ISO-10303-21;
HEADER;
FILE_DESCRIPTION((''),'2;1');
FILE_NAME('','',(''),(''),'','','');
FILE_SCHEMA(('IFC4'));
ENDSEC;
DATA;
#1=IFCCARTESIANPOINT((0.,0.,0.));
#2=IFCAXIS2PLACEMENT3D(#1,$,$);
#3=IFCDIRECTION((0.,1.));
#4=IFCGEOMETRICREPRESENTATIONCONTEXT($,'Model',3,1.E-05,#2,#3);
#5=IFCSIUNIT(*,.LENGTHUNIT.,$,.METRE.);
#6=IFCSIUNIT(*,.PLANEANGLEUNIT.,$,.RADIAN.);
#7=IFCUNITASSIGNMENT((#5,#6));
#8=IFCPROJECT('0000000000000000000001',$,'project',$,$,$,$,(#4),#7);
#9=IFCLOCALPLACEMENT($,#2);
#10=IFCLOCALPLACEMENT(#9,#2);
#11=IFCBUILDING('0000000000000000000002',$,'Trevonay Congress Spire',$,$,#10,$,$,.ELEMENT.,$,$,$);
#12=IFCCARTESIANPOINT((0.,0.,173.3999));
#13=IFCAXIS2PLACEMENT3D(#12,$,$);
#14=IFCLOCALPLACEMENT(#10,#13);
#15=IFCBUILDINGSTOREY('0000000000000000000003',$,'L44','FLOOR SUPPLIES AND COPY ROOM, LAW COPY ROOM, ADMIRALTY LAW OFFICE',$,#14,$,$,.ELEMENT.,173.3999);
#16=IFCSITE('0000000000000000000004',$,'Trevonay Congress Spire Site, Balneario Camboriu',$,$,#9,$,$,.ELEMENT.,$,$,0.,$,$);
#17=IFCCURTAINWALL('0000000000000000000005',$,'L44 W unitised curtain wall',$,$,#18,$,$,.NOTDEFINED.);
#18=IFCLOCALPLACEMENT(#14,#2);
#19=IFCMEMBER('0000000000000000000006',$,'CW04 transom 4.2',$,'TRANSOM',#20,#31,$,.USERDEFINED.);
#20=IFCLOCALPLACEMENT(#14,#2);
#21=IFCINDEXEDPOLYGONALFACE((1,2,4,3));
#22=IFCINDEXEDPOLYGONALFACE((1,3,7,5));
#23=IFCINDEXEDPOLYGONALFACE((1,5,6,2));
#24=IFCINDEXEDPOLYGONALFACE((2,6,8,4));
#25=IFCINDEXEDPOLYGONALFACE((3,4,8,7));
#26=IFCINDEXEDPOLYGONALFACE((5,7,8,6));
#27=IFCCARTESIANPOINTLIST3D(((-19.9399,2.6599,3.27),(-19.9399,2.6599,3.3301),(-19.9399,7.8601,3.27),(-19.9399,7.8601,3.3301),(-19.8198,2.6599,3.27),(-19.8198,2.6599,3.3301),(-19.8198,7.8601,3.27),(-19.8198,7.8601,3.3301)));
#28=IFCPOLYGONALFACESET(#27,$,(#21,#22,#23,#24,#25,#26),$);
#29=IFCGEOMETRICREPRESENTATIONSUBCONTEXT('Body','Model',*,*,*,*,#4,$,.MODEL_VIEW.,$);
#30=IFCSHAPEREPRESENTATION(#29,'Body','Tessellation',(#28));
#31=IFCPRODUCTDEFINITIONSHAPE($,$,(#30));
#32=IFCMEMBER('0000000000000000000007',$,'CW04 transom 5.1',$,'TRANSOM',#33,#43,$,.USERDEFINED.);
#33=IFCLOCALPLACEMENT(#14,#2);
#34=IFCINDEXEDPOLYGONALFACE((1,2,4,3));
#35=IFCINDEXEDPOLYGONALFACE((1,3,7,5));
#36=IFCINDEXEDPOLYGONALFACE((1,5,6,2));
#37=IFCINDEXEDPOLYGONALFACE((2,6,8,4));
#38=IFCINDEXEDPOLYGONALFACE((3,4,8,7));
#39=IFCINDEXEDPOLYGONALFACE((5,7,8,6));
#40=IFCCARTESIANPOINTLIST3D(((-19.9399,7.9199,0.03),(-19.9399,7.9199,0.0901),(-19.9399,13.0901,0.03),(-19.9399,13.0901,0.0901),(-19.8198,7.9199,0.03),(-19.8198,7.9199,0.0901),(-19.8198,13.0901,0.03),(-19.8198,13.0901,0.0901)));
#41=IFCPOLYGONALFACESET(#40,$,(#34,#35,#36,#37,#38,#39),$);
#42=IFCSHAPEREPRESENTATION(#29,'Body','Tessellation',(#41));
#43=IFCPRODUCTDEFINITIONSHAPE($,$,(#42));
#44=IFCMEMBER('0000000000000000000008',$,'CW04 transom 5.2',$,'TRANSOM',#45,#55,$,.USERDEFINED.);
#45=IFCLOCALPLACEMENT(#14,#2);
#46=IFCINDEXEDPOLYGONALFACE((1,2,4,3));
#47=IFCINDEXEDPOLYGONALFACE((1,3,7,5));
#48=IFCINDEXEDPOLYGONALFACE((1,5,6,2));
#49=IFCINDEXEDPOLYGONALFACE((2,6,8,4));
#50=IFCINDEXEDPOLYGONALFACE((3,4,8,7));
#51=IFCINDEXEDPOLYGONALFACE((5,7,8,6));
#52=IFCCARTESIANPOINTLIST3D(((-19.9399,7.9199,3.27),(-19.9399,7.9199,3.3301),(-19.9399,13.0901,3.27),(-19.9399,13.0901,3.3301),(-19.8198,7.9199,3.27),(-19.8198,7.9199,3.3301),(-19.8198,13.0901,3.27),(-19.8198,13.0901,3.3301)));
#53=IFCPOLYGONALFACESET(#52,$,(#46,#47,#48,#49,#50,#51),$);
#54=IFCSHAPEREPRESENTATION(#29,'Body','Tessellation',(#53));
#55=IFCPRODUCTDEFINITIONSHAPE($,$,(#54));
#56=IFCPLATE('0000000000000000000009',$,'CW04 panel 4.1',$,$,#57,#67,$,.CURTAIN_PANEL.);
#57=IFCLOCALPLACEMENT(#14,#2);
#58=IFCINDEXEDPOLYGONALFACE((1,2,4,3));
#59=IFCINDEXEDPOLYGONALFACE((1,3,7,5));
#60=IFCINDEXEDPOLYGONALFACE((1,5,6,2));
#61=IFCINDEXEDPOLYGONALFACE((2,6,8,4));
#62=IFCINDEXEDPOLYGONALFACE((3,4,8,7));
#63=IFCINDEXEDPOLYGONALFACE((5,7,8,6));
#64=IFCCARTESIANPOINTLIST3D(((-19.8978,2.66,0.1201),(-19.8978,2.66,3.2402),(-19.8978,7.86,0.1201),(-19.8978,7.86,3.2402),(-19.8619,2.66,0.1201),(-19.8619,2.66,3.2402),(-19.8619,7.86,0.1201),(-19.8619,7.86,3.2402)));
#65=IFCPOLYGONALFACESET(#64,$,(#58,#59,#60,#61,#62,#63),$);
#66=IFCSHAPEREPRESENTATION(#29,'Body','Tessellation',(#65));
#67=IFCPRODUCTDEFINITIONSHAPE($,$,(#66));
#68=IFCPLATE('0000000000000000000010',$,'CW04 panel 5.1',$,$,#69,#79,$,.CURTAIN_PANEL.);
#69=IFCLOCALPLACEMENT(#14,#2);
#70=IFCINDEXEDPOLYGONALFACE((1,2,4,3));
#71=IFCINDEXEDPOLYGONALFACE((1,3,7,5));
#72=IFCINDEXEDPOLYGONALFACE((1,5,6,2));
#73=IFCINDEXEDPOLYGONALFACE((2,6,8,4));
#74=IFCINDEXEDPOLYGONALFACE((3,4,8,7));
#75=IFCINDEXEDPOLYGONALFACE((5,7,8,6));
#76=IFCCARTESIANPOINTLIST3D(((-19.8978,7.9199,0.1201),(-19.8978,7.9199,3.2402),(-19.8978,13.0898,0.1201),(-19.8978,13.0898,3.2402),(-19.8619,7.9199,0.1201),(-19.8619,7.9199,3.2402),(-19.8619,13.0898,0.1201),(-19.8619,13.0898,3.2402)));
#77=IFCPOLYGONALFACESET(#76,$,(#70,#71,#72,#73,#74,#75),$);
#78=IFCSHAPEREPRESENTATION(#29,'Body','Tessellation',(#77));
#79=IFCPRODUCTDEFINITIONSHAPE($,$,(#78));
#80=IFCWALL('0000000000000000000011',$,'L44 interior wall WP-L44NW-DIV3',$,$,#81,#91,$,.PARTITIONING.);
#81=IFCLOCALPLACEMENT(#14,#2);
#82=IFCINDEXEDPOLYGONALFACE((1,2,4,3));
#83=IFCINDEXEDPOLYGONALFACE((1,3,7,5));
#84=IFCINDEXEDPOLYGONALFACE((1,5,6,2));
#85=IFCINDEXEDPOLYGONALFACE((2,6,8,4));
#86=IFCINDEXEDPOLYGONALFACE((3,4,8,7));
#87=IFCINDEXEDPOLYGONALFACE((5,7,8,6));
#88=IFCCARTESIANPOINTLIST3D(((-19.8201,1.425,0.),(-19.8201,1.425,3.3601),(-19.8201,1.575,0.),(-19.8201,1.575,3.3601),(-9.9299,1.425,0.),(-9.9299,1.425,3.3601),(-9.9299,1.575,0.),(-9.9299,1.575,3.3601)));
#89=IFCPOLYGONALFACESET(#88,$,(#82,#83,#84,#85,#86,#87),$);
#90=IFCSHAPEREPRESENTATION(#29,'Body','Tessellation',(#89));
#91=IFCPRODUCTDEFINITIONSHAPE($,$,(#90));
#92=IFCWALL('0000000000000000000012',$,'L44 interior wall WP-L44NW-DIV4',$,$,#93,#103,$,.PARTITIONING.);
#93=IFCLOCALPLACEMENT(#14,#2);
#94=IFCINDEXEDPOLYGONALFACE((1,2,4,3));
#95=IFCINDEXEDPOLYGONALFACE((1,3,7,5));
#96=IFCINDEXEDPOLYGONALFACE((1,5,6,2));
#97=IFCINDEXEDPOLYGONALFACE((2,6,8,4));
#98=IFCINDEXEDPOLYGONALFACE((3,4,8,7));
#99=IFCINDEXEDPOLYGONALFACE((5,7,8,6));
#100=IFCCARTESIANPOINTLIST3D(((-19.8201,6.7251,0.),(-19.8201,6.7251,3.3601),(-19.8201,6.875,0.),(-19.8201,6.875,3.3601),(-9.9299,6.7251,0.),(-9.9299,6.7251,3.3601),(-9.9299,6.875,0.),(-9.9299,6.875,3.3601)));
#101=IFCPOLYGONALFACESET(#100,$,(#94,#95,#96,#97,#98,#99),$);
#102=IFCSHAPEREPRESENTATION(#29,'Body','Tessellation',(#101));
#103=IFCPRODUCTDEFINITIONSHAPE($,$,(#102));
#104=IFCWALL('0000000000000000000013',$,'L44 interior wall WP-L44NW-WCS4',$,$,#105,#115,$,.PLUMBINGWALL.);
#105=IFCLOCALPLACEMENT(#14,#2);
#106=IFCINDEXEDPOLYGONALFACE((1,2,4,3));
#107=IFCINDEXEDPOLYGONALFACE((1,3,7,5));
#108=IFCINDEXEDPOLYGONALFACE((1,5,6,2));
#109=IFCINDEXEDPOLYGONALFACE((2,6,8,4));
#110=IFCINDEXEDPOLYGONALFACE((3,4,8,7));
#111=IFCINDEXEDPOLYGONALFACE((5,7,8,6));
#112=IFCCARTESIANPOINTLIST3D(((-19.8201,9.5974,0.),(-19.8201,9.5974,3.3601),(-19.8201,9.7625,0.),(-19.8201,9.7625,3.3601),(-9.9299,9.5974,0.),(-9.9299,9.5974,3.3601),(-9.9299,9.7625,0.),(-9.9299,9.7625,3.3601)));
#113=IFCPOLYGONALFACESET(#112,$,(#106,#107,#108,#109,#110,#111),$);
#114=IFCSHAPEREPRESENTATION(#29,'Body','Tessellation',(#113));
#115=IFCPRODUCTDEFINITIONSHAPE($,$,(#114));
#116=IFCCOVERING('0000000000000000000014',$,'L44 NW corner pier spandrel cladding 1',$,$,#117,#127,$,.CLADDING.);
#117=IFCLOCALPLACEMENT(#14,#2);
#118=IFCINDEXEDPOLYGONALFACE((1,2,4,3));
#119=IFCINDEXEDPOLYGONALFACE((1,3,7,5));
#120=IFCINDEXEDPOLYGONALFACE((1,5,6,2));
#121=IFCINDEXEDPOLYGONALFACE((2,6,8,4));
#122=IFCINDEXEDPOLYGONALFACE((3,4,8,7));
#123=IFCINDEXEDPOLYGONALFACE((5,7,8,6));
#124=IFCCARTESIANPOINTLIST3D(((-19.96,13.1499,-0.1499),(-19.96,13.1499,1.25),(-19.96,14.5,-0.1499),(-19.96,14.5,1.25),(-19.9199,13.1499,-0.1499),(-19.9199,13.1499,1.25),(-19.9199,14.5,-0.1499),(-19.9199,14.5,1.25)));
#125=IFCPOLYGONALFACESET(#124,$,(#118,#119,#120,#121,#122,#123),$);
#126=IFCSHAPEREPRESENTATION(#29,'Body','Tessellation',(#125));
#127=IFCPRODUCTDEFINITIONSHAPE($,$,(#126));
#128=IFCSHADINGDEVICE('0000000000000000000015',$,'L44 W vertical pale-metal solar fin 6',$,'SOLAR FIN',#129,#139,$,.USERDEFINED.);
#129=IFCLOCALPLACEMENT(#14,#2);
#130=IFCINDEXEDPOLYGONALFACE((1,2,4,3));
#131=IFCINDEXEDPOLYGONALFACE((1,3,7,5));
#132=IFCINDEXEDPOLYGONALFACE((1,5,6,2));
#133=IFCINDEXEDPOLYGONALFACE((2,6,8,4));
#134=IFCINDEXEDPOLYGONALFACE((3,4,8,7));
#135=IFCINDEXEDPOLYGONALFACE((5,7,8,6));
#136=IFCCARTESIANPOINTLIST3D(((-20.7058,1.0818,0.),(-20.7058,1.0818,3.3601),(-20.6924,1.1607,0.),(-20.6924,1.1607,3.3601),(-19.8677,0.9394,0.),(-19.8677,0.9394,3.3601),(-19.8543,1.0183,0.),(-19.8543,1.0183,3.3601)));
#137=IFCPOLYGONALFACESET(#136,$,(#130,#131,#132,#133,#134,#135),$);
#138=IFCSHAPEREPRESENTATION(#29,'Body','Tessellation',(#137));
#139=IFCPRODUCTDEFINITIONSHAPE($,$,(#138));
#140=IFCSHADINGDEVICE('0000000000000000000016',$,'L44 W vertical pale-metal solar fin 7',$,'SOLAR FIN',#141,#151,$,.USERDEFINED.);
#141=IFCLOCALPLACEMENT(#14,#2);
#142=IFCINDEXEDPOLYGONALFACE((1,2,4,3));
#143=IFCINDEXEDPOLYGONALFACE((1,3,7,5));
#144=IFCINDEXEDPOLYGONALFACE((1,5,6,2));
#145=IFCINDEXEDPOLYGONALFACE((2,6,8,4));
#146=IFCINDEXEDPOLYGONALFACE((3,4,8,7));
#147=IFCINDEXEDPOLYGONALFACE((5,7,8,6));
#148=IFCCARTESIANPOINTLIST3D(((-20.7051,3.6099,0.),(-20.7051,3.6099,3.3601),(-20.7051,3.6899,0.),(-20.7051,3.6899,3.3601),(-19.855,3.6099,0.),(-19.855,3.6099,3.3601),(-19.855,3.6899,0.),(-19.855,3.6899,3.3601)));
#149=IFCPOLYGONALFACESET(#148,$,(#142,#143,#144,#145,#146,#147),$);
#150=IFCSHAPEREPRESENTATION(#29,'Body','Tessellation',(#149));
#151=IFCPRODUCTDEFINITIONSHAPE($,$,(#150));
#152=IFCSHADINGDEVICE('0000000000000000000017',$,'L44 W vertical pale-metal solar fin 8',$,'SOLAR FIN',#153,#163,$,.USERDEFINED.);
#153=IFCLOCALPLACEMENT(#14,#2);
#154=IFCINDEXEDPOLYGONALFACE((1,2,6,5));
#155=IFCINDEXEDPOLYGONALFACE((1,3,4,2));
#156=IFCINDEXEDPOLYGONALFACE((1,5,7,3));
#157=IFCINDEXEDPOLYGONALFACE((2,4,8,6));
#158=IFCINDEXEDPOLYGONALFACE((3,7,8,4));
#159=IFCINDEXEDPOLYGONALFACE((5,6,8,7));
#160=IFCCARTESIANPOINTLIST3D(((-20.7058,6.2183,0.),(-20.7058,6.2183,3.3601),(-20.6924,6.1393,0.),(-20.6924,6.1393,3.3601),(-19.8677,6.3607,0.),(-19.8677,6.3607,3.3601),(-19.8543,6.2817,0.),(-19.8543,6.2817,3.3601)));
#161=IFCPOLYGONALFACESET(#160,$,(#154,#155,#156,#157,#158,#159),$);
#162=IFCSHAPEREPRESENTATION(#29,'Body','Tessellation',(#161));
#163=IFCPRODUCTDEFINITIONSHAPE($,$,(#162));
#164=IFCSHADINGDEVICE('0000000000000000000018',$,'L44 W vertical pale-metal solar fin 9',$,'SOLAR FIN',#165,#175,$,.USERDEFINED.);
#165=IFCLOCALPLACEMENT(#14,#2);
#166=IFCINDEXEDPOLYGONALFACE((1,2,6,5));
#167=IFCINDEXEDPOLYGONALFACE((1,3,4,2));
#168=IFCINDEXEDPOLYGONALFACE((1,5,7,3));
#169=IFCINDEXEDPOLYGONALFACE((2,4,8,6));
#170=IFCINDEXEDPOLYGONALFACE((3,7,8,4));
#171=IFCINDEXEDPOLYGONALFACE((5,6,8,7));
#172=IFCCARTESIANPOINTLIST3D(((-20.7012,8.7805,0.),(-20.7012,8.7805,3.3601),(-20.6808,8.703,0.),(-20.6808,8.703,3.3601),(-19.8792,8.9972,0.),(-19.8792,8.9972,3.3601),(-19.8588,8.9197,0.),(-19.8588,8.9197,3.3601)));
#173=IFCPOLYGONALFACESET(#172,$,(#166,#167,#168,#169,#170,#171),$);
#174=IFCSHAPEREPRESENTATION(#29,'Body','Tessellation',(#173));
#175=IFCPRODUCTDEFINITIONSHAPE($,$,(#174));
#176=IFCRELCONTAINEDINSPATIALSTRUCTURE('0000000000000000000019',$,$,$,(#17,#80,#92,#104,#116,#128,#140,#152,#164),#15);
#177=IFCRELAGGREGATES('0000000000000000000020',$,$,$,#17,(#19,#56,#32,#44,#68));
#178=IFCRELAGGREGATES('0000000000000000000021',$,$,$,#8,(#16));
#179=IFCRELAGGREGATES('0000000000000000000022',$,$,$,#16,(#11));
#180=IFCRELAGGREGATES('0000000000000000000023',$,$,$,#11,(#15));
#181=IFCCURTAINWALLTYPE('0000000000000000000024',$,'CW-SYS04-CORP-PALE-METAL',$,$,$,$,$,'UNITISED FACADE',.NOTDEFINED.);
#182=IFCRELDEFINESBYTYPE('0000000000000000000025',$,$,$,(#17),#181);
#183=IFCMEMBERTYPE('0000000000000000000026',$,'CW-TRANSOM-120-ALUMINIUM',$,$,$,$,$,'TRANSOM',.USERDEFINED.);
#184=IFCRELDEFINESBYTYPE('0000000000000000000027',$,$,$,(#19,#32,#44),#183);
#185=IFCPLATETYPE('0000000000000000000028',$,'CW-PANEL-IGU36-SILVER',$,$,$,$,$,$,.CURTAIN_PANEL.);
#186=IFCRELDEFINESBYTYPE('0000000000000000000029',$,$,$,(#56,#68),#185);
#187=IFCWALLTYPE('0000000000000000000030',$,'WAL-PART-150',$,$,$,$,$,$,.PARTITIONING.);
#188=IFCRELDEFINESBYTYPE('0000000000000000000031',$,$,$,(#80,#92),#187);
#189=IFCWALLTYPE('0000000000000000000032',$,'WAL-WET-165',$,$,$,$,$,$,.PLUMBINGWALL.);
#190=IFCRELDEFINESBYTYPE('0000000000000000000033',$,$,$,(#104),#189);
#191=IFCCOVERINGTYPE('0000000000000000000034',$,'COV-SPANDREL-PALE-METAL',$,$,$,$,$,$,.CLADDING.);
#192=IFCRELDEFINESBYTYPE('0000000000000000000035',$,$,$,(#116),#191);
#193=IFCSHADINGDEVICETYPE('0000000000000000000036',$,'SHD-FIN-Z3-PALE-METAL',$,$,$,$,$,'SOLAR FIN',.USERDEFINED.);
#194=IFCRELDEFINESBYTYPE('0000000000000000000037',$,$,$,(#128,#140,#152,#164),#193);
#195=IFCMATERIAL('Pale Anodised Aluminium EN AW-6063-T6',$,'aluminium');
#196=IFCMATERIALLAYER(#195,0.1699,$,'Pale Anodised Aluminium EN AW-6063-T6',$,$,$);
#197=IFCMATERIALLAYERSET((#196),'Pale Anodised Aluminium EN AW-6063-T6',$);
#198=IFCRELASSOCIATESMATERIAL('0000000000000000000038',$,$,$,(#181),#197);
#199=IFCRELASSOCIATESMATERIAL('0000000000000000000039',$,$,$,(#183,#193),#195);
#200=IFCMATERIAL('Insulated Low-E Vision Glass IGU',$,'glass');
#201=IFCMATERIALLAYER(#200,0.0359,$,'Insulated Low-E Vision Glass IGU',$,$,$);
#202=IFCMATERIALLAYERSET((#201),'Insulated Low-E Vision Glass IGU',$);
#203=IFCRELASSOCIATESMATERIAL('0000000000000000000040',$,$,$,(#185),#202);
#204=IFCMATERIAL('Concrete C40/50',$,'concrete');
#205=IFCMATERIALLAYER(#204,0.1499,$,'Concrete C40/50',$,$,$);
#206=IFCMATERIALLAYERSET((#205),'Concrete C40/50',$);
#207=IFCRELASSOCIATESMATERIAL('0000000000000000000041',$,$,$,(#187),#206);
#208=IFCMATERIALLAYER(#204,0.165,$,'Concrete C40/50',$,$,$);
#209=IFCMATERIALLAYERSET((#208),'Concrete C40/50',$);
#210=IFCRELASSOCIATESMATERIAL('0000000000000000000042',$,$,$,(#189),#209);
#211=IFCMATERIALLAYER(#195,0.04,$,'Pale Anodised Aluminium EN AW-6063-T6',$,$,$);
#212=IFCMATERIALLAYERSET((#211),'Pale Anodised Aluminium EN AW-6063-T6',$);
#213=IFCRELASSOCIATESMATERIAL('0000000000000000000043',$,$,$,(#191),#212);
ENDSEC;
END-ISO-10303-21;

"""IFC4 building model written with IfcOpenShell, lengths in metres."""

from ifc_helpers import new_model, si_unit, direction, frame, frame_2d, origin, origin_2d, place, context, subcontext, project, spatial, rectangle, extrude, material, layer, layer_set, material_profile, profile_set, type_object, element, aggregate, save


model = new_model("IFC4")

# Units and contexts
model_context = context("Model", 3, precision=1e-05, world=origin(), true_north=direction((0.0, 1.0)))
body_context = subcontext(model_context, "Body", "Model", "MODEL_VIEW")
ifc_project = project(units=[si_unit("LENGTHUNIT", "METRE"), si_unit("PLANEANGLEUNIT", "RADIAN")], contexts=[model_context])

# Site, building, storey
site_placement = place(None, origin())
site = spatial("IfcSite", under=ifc_project, at=site_placement, Name="Trevonay Congress Spire Site, Balneario Camboriu", CompositionType="ELEMENT", RefElevation=0.0)
building_placement = place(site_placement, origin())
building = spatial("IfcBuilding", under=site, at=building_placement, Name="Trevonay Congress Spire", CompositionType="ELEMENT")
storey_placement = place(building_placement, frame((0.0, 0.0, 173.3999)))
storey = spatial("IfcBuildingStorey", under=building, at=storey_placement, Name="L44", Description="FLOOR SUPPLIES AND COPY ROOM, LAW COPY ROOM, ADMIRALTY LAW OFFICE", CompositionType="ELEMENT", Elevation=173.3999)

# Curtain wall, members, plates
ifc_material_1 = material(Name="Pale Anodised Aluminium EN AW-6063-T6", Category="aluminium")
ifc_layer_1 = layer(ifc_material_1, 0.1699, Name="Pale Anodised Aluminium EN AW-6063-T6")
ifc_layer_set_1 = layer_set([ifc_layer_1], Name="Pale Anodised Aluminium EN AW-6063-T6")
curtain_wall_type = type_object("IfcCurtainWallType", Name="CW-SYS04-CORP-PALE-METAL", ElementType="UNITISED FACADE", PredefinedType="NOTDEFINED", material=ifc_layer_set_1)
curtain_wall_placement = place(storey_placement, origin())
curtain_wall = element("IfcCurtainWall", 1, at=curtain_wall_placement, inside=storey, type_object=curtain_wall_type, Name="L44 W unitised curtain wall", PredefinedType="NOTDEFINED")
ifc_material_profile_1 = material_profile(ifc_material_1, rectangle(XDim=0.1201, YDim=0.0601, at=origin_2d()), Name="CW-TRANSOM-120-ALUMINIUM")
ifc_profile_set_1 = profile_set([ifc_material_profile_1], Name="Pale Anodised Aluminium EN AW-6063-T6")
member_type_1 = type_object("IfcMemberType", Name="CW-TRANSOM-120-ALUMINIUM", ElementType="TRANSOM", PredefinedType="USERDEFINED", material=ifc_profile_set_1)
member_1_placement = place(storey_placement, frame((-19.8799, 2.6599, 3.3), z_axis=(0.0, 1.0, 0.0), x_axis=(-1.0, 0.0, 0.0)))
member_1 = element("IfcMember", 2, at=member_1_placement, type_object=member_type_1, Name="CW04 transom 4.2", ObjectType="TRANSOM", PredefinedType="USERDEFINED", context=body_context, shape_type="SweptSolid", body=[
    extrude(rectangle(XDim=0.1201, YDim=0.0601, at=origin_2d()), origin(), (0.0, 0.0, 1.0), 5.2002),
])
member_2_placement = place(storey_placement, frame((-19.8799, 7.9199, 0.0601), z_axis=(0.0, 1.0, 0.0), x_axis=(-1.0, 0.0, 0.0)))
member_2 = element("IfcMember", 3, at=member_2_placement, type_object=member_type_1, Name="CW04 transom 5.1", ObjectType="TRANSOM", PredefinedType="USERDEFINED", context=body_context, shape_type="SweptSolid", body=[
    extrude(rectangle(XDim=0.1201, YDim=0.0601, at=origin_2d()), origin(), (0.0, 0.0, 1.0), 5.1702),
])
member_3_placement = place(storey_placement, frame((-19.8799, 7.9199, 3.3), z_axis=(0.0, 1.0, 0.0), x_axis=(-1.0, 0.0, 0.0)))
member_3 = element("IfcMember", 4, at=member_3_placement, type_object=member_type_1, Name="CW04 transom 5.2", ObjectType="TRANSOM", PredefinedType="USERDEFINED", context=body_context, shape_type="SweptSolid", body=[
    extrude(rectangle(XDim=0.1201, YDim=0.0601, at=origin_2d()), origin(), (0.0, 0.0, 1.0), 5.1702),
])
ifc_material_2 = material(Name="Insulated Low-E Vision Glass IGU", Category="glass")
ifc_layer_2 = layer(ifc_material_2, 0.0359, Name="Insulated Low-E Vision Glass IGU")
ifc_layer_set_2 = layer_set([ifc_layer_2], Name="Insulated Low-E Vision Glass IGU")
plate_type = type_object("IfcPlateType", Name="CW-PANEL-IGU36-SILVER", PredefinedType="CURTAIN_PANEL", material=ifc_layer_set_2)
plate_1_placement = place(storey_placement, frame((-19.8799, 5.26, 0.1201), z_axis=(0.0, 0.0, 1.0), x_axis=(0.0, 1.0, 0.0)))
plate_1 = element("IfcPlate", 5, at=plate_1_placement, type_object=plate_type, Name="CW04 panel 4.1", PredefinedType="CURTAIN_PANEL", context=body_context, shape_type="SweptSolid", body=[
    extrude(rectangle(XDim=5.2, YDim=0.0359, at=origin_2d()), origin(), (0.0, 0.0, 1.0), 3.1201),
])
plate_2_placement = place(storey_placement, frame((-19.8799, 10.5049, 0.1201), z_axis=(0.0, 0.0, 1.0), x_axis=(0.0, 1.0, 0.0)))
plate_2 = element("IfcPlate", 6, at=plate_2_placement, type_object=plate_type, Name="CW04 panel 5.1", PredefinedType="CURTAIN_PANEL", context=body_context, shape_type="SweptSolid", body=[
    extrude(rectangle(XDim=5.1699, YDim=0.0359, at=origin_2d()), origin(), (0.0, 0.0, 1.0), 3.1201),
])
aggregate(curtain_wall, [member_1, plate_1, member_2, member_3, plate_2])

# Walls
ifc_material_3 = material(Name="Concrete C40/50", Category="concrete")
ifc_layer_3 = layer(ifc_material_3, 0.1499, Name="Concrete C40/50")
ifc_layer_set_3 = layer_set([ifc_layer_3], Name="Concrete C40/50")
wall_type_1 = type_object("IfcWallType", Name="WAL-PART-150", PredefinedType="PARTITIONING", material=ifc_layer_set_3)
for number, where, z_axis, x_axis, name in (
    (7, (-19.8201, 1.5, 0.0), (0.0, 0.0, 1.0), (1.0, 0.0, 0.0), "L44 interior wall WP-L44NW-DIV3"),
    (8, (-19.8201, 6.8, 0.0), (0.0, 0.0, 1.0), (1.0, 0.0, 0.0), "L44 interior wall WP-L44NW-DIV4"),
):
    element("IfcWall", number, at=place(storey_placement, frame(where, z_axis=z_axis, x_axis=x_axis)), inside=storey, type_object=wall_type_1, Name=name, PredefinedType="PARTITIONING", context=body_context, shape_type="SweptSolid", body=[
        extrude(rectangle(XDim=9.8901, YDim=0.1499, at=frame_2d((4.9451, 0.0))), origin(), (0.0, 0.0, 1.0), 3.3601),
    ])
ifc_layer_4 = layer(ifc_material_3, 0.165, Name="Concrete C40/50")
ifc_layer_set_4 = layer_set([ifc_layer_4], Name="Concrete C40/50")
wall_type_2 = type_object("IfcWallType", Name="WAL-WET-165", PredefinedType="PLUMBINGWALL", material=ifc_layer_set_4)
wall_placement = place(storey_placement, frame((-19.8201, 9.6799, 0.0), z_axis=(0.0, 0.0, 1.0), x_axis=(1.0, 0.0, 0.0)))
element("IfcWall", 9, at=wall_placement, inside=storey, type_object=wall_type_2, Name="L44 interior wall WP-L44NW-WCS4", PredefinedType="PLUMBINGWALL", context=body_context, shape_type="SweptSolid", body=[
    extrude(rectangle(XDim=9.8901, YDim=0.165, at=frame_2d((4.9451, 0.0))), origin(), (0.0, 0.0, 1.0), 3.3601),
])

# Covering
ifc_layer_5 = layer(ifc_material_1, 0.04, Name="Pale Anodised Aluminium EN AW-6063-T6")
ifc_layer_set_5 = layer_set([ifc_layer_5], Name="Pale Anodised Aluminium EN AW-6063-T6")
covering_type = type_object("IfcCoveringType", Name="COV-SPANDREL-PALE-METAL", PredefinedType="CLADDING", material=ifc_layer_set_5)
covering_placement = place(storey_placement, frame((-19.9399, 13.1499, -0.1499), z_axis=(0.0, 0.0, 1.0), x_axis=(0.0, 1.0, 0.0)))
element("IfcCovering", 10, at=covering_placement, inside=storey, type_object=covering_type, Name="L44 NW corner pier spandrel cladding 1", PredefinedType="CLADDING", context=body_context, shape_type="SweptSolid", body=[
    extrude(rectangle(XDim=1.3501, YDim=0.04, at=frame_2d((0.675, 0.0))), origin(), (0.0, 0.0, 1.0), 1.3999),
])

# Shading devices
shading_device_type = type_object("IfcShadingDeviceType", Name="SHD-FIN-Z3-PALE-METAL", ElementType="SOLAR FIN", PredefinedType="USERDEFINED", material=ifc_material_1)
for number, where, z_axis, x_axis, name in (
    (11, (-20.28, 1.05, 0.0), (0.0, 0.0, 1.0), (0.167457, 0.985879, 0.0), "L44 W vertical pale-metal solar fin 6"),
    (12, (-20.28, 3.6499, 0.0), (0.0, 0.0, 1.0), (0.0, 1.0, 0.0), "L44 W vertical pale-metal solar fin 7"),
    (13, (-20.28, 6.25, 0.0), (0.0, 0.0, 1.0), (-0.167457, 0.985879, 0.0), "L44 W vertical pale-metal solar fin 8"),
    (14, (-20.28, 8.8501, 0.0), (0.0, 0.0, 1.0), (-0.254939, 0.966957, 0.0), "L44 W vertical pale-metal solar fin 9"),
):
    element("IfcShadingDevice", number, at=place(storey_placement, frame(where, z_axis=z_axis, x_axis=x_axis)), inside=storey, type_object=shading_device_type, Name=name, ObjectType="SOLAR FIN", PredefinedType="USERDEFINED", context=body_context, shape_type="SweptSolid", body=[
        extrude(rectangle(XDim=0.0801, YDim=0.8501, at=origin_2d()), origin(), (0.0, 0.0, 1.0), 3.3601),
    ])

save(model, "model.ifc")
